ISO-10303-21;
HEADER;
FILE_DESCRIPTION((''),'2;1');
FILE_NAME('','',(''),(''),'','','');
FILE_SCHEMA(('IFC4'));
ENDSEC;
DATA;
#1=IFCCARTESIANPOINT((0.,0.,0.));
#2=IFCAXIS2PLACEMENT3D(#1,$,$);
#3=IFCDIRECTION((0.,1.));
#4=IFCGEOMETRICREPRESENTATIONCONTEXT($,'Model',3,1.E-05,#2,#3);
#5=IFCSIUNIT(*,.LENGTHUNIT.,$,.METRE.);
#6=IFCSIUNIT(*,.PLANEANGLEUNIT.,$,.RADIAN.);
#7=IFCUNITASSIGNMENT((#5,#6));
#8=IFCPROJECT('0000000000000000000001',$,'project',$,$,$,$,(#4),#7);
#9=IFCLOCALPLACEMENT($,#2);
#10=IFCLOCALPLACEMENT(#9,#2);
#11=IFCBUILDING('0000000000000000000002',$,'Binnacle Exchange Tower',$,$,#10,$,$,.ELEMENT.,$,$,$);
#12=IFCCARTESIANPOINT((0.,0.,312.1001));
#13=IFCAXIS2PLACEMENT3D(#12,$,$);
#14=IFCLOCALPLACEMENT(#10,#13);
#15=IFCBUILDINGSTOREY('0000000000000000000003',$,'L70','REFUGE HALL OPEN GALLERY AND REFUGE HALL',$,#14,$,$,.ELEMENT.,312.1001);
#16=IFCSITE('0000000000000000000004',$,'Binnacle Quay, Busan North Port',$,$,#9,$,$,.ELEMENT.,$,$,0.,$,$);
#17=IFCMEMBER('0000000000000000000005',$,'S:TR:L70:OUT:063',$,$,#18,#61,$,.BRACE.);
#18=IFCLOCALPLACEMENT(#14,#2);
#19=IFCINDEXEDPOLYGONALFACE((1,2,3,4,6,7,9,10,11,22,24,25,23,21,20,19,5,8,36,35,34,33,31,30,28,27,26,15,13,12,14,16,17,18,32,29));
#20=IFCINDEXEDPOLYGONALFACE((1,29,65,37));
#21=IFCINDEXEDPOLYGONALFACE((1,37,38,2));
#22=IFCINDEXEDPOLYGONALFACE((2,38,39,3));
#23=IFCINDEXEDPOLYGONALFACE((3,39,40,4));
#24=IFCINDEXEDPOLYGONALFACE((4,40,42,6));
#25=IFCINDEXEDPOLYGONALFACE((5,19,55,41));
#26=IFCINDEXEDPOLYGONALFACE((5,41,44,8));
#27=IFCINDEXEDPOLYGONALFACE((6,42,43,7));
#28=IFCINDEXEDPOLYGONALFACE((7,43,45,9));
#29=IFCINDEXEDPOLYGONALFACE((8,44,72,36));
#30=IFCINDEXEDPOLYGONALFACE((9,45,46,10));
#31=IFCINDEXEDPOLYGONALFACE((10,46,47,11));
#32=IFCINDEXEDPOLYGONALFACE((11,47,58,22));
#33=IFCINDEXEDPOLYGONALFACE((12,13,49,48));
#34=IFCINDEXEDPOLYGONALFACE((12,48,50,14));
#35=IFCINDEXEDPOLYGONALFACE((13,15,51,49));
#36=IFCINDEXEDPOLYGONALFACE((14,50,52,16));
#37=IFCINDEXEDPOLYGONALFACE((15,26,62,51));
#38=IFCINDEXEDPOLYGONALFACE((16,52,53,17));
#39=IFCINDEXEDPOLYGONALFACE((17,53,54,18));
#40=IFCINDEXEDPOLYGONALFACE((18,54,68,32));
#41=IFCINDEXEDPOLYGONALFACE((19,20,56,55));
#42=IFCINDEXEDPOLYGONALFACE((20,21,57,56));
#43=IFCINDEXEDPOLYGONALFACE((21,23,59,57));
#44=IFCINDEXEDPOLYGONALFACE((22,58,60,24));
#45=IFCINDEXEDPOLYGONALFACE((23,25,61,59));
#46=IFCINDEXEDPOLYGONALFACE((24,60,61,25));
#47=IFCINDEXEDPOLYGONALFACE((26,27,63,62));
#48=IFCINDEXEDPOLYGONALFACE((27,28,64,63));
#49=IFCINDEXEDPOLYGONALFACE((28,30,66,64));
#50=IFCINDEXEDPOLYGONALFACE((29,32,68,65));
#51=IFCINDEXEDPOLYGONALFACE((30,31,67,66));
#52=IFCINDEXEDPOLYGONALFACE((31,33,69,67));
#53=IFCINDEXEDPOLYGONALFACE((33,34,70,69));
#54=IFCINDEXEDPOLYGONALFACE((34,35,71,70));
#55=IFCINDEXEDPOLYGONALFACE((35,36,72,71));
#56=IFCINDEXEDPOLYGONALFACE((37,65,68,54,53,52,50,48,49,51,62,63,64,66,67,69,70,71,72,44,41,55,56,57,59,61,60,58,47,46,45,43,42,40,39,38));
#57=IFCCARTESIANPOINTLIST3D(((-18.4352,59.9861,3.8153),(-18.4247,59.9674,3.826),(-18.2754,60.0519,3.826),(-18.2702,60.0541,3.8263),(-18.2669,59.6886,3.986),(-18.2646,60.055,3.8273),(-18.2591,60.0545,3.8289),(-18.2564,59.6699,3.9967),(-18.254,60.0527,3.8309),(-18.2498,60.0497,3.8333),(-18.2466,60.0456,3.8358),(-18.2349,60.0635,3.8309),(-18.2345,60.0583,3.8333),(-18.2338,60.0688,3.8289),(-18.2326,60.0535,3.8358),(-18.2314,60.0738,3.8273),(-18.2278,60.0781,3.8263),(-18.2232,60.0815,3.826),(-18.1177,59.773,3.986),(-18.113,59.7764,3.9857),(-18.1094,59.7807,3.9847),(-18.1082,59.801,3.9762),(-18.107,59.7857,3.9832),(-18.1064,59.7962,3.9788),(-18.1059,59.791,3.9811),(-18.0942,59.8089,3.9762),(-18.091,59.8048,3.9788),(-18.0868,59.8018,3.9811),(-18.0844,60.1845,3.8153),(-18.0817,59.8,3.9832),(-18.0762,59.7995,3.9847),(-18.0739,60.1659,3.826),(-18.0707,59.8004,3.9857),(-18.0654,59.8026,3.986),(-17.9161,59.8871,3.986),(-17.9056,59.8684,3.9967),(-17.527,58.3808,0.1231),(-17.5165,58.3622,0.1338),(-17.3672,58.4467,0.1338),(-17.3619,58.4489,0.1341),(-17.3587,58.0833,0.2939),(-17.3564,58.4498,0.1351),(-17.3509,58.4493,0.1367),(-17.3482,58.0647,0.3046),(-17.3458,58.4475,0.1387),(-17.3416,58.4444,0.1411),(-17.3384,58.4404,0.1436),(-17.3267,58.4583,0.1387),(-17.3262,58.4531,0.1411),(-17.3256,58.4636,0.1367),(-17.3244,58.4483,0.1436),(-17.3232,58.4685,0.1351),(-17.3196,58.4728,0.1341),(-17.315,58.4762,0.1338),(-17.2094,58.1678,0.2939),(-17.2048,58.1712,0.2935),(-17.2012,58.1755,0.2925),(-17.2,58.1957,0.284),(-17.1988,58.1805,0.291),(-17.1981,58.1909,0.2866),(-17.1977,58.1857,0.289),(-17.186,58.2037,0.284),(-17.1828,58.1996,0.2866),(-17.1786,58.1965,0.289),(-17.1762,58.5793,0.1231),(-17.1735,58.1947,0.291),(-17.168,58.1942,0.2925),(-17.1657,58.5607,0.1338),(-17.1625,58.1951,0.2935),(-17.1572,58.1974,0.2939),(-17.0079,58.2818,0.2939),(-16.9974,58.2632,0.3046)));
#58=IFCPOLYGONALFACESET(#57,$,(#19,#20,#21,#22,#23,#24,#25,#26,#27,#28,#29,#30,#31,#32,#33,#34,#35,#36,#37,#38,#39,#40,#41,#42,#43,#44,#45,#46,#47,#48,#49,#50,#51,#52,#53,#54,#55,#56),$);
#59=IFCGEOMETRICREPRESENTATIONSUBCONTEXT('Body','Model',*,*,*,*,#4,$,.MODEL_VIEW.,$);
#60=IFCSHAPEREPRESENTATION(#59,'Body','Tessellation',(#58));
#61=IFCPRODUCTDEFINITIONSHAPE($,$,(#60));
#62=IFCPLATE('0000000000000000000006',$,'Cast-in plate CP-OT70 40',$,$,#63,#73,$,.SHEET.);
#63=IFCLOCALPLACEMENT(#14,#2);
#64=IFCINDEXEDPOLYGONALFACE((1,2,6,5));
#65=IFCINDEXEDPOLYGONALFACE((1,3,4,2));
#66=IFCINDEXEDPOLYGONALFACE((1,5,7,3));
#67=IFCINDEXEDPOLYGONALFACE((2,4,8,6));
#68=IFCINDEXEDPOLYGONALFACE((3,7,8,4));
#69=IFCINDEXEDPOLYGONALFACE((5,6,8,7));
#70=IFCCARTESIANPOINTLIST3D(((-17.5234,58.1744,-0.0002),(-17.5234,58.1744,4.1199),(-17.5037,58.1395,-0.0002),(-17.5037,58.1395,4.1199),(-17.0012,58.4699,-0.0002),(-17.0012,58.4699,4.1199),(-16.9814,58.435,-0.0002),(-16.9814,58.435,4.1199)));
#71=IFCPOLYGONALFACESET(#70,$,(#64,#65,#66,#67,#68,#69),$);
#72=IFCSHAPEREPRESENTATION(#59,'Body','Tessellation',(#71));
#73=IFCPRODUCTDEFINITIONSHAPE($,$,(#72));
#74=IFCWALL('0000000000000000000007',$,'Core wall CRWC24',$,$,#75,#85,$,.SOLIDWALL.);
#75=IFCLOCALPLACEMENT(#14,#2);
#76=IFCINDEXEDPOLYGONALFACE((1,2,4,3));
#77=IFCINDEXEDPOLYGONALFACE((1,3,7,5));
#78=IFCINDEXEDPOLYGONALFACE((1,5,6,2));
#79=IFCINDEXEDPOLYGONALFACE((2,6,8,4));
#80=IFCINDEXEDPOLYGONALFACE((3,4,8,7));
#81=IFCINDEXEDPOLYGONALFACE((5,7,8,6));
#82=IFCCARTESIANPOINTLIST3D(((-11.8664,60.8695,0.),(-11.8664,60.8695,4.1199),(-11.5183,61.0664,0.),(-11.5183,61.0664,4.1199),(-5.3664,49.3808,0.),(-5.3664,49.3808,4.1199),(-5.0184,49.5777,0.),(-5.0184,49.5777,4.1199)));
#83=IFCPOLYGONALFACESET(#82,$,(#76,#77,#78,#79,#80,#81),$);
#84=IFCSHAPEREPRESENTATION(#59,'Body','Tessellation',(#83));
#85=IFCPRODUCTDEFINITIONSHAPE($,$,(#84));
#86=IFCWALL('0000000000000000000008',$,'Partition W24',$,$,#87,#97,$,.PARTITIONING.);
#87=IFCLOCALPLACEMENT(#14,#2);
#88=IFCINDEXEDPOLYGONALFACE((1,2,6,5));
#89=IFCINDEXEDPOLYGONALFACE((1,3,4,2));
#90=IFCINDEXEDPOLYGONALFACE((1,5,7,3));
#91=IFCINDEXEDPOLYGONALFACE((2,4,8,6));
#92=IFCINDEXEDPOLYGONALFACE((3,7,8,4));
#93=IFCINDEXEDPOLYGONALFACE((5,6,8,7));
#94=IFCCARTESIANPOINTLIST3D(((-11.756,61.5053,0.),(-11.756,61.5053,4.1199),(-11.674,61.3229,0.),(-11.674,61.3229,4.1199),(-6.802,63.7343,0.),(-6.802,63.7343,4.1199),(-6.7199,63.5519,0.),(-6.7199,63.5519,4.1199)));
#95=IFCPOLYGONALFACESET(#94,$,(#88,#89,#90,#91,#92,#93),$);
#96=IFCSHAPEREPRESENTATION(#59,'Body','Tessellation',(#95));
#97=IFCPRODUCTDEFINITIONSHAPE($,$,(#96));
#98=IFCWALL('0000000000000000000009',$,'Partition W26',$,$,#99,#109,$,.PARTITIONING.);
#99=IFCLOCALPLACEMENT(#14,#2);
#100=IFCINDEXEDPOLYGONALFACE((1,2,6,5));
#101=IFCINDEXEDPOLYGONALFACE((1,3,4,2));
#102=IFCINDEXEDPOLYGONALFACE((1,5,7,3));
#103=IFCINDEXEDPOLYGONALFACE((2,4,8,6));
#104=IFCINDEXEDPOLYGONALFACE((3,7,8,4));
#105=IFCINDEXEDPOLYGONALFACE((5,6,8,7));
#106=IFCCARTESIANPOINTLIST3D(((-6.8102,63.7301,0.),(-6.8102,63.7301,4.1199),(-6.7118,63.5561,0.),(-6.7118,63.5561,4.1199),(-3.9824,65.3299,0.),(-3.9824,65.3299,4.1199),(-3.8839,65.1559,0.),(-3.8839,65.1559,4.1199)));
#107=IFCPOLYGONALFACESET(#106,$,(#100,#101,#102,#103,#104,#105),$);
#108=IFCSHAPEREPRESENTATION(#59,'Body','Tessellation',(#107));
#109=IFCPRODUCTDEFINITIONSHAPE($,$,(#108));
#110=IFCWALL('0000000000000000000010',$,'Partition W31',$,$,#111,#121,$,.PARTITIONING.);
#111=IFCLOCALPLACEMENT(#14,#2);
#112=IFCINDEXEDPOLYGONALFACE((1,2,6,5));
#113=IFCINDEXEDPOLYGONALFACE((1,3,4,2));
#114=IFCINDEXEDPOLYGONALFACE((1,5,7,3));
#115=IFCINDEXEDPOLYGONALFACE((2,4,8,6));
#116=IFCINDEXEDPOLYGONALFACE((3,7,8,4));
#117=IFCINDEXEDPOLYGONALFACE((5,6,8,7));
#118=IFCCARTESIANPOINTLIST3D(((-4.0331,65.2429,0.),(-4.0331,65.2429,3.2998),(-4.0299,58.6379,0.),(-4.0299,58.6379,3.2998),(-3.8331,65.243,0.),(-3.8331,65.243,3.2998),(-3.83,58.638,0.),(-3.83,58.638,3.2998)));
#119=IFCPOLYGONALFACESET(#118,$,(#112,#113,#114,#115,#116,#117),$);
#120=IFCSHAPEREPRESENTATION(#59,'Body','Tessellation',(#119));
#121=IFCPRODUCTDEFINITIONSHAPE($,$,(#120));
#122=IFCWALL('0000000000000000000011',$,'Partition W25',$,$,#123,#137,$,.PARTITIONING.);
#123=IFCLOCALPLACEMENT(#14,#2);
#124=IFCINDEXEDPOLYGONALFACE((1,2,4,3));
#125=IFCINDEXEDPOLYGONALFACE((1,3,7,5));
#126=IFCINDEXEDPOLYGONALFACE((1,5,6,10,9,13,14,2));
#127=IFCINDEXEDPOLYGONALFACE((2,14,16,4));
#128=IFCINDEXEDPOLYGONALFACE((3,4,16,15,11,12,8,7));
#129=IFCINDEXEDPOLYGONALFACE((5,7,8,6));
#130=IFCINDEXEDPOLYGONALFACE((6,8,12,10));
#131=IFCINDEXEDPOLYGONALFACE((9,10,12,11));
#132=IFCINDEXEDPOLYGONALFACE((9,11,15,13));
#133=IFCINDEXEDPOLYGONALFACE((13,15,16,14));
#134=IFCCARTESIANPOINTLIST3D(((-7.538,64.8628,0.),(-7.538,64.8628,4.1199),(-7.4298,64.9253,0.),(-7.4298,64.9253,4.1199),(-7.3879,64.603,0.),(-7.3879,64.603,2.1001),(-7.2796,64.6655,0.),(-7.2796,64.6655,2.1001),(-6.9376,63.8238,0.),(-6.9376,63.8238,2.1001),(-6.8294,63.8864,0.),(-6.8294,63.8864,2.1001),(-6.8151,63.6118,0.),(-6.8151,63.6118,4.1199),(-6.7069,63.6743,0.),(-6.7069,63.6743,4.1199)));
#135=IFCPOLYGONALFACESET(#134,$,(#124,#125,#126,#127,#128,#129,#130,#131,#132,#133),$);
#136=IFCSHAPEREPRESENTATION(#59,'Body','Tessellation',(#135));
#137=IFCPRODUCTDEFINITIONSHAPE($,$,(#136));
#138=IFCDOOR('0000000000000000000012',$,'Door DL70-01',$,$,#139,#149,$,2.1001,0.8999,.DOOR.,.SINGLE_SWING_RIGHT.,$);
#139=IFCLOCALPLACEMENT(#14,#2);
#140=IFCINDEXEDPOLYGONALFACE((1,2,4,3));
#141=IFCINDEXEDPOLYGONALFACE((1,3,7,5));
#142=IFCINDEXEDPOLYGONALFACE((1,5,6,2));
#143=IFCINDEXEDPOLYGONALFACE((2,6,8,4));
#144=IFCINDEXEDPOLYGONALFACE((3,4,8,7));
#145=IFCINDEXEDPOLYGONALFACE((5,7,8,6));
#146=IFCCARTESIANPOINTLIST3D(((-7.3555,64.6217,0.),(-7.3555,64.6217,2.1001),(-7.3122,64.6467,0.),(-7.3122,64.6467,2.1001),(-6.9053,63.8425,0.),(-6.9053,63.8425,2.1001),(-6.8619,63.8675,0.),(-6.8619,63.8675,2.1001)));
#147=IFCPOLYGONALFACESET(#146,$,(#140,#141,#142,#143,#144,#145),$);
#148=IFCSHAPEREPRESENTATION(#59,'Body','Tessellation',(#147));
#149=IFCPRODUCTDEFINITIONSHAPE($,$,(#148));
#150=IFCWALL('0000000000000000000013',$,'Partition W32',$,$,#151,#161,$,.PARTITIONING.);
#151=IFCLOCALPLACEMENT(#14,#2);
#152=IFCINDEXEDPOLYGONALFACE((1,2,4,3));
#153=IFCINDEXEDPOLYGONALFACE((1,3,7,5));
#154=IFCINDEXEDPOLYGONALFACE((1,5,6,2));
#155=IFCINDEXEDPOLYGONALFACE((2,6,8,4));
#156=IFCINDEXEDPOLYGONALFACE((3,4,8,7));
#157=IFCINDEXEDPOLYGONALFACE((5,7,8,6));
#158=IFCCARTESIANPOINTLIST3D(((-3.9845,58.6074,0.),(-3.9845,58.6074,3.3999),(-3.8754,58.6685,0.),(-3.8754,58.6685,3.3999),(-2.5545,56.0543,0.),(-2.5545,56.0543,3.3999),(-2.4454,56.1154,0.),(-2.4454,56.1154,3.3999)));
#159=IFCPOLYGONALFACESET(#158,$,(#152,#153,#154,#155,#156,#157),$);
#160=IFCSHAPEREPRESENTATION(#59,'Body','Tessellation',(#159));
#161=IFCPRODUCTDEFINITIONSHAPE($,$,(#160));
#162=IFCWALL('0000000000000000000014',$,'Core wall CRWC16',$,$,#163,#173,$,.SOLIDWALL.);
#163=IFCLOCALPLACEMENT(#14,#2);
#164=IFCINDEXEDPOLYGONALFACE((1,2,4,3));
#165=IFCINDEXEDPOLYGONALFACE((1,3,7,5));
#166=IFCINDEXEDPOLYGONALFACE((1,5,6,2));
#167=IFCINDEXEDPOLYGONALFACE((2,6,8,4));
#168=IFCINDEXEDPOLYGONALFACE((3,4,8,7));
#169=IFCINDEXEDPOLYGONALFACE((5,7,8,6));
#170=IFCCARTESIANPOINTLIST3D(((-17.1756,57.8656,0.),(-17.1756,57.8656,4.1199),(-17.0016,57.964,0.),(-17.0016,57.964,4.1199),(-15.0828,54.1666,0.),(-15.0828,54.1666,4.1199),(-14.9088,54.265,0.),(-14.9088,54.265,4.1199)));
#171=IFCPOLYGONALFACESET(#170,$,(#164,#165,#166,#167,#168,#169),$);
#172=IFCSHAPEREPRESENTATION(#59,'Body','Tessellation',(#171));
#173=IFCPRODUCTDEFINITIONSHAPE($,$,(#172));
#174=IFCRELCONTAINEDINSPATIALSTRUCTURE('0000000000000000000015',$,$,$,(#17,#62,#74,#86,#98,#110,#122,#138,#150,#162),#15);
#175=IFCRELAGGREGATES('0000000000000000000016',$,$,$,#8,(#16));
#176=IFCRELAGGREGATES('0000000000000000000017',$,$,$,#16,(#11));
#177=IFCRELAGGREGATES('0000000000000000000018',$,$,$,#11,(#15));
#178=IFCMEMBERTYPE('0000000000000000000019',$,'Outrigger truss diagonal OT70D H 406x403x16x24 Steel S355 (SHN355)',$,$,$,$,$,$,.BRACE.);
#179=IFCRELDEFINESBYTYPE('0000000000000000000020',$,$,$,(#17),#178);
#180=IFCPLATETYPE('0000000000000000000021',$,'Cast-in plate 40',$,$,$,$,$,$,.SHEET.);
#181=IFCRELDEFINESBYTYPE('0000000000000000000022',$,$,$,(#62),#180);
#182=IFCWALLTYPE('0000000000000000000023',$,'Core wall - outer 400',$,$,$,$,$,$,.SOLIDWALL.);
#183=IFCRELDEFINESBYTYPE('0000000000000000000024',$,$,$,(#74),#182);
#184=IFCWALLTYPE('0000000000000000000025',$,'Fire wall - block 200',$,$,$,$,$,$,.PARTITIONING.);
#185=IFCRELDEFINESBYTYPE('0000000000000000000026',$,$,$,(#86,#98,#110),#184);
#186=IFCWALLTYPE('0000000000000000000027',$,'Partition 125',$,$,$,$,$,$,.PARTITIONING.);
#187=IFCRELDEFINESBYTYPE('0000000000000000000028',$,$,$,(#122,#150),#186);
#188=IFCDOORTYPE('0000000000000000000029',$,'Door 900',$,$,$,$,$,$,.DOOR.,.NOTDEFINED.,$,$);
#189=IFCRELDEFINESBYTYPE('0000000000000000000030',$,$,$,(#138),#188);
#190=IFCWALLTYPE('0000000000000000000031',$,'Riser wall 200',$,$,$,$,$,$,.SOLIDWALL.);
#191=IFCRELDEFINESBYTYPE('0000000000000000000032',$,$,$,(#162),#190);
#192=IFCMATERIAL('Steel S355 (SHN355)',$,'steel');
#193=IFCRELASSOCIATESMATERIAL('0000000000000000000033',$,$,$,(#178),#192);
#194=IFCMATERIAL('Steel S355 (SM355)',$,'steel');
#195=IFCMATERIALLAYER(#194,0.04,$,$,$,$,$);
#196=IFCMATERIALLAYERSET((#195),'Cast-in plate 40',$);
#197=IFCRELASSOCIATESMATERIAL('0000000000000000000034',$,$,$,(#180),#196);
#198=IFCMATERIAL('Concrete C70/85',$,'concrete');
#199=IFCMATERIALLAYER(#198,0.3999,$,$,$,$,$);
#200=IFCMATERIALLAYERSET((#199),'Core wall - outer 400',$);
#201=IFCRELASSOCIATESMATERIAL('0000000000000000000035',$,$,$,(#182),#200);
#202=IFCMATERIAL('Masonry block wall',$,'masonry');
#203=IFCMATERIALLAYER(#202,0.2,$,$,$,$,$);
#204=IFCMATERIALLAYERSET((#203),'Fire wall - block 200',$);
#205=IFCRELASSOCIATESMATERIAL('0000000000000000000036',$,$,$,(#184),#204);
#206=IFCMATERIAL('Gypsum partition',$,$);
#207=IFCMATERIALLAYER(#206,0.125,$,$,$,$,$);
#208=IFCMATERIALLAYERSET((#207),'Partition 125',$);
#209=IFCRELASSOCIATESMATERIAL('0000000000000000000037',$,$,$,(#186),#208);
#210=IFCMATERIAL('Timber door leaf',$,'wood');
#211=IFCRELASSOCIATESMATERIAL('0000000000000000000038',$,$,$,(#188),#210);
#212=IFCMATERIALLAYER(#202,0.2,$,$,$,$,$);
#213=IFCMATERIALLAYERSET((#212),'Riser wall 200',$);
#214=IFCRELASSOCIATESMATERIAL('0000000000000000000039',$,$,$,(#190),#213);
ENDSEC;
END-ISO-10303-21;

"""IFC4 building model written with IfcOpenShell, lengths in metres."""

from ifc_helpers import new_model, si_unit, direction, frame, frame_2d, origin, origin_2d, place, context, subcontext, project, spatial, rectangle, i_section, extrude, material, layer, layer_set, material_profile, profile_set, type_object, element, fill, save


model = new_model("IFC4")

# Units and contexts
model_context = context("Model", 3, precision=1e-05, world=origin(), true_north=direction((0.0, 1.0)))
body_context = subcontext(model_context, "Body", "Model", "MODEL_VIEW")
ifc_project = project(units=[si_unit("LENGTHUNIT", "METRE"), si_unit("PLANEANGLEUNIT", "RADIAN")], contexts=[model_context])

# Site, building, storey
site_placement = place(None, origin())
site = spatial("IfcSite", under=ifc_project, at=site_placement, Name="Binnacle Quay, Busan North Port", CompositionType="ELEMENT", RefElevation=0.0)
building_placement = place(site_placement, origin())
building = spatial("IfcBuilding", under=site, at=building_placement, Name="Binnacle Exchange Tower", CompositionType="ELEMENT")
storey_placement = place(building_placement, frame((0.0, 0.0, 312.1001)))
storey = spatial("IfcBuildingStorey", under=building, at=storey_placement, Name="L70", Description="REFUGE HALL OPEN GALLERY AND REFUGE HALL", CompositionType="ELEMENT", Elevation=312.1001)

# Shared definitions
ifc_material_1 = material(Name="Steel S355 (SHN355)", Category="steel")

# Member
ifc_material_profile_1 = material_profile(ifc_material_1, i_section(OverallWidth=0.4031, OverallDepth=0.406, WebThickness=0.0161, FlangeThickness=0.0239, FilletRadius=0.022, at=origin_2d()), Name="H 406x403x16x24")
ifc_profile_set_1 = profile_set([ifc_material_profile_1], Name="Steel S355 (SHN355)")
member_type_1 = type_object("IfcMemberType", Name="Outrigger truss diagonal OT70D H 406x403x16x24 Steel S355 (SHN355)", PredefinedType="BRACE", material=ifc_profile_set_1)
member_1_placement = place(storey_placement, frame((-18.1704, 59.9272, 3.906), z_axis=(0.220055, -0.388941, -0.894595), x_axis=(0.870353, 0.492428, 0.0)))
element("IfcMember", 1, at=member_1_placement, inside=storey, type_object=member_type_1, Name="S:TR:L70:OUT:063", PredefinedType="BRACE", context=body_context, shape_type="SweptSolid", body=[
    extrude(i_section(OverallWidth=0.4031, OverallDepth=0.406, WebThickness=0.0161, FlangeThickness=0.0239, FilletRadius=0.022, at=origin_2d()), origin(), (0.0, 0.0, 1.0), 4.1272),
])

# Plate
ifc_material_2 = material(Name="Steel S355 (SM355)", Category="steel")
ifc_layer_1 = layer(ifc_material_2, 0.04)
ifc_layer_set_1 = layer_set([ifc_layer_1], Name="Cast-in plate 40")
plate_type = type_object("IfcPlateType", Name="Cast-in plate 40", PredefinedType="SHEET", material=ifc_layer_set_1)
plate_placement = place(storey_placement, frame((-17.2524, 58.3047, -0.0002), z_axis=(0.0, 0.0, 1.0), x_axis=(0.492424, -0.870356, 0.0)))
element("IfcPlate", 2, at=plate_placement, inside=storey, type_object=plate_type, Name="Cast-in plate CP-OT70 40", PredefinedType="SHEET", context=body_context, shape_type="SweptSolid", body=[
    extrude(rectangle(XDim=0.04, YDim=0.6001, at=origin_2d()), origin(), (0.0, 0.0, 1.0), 4.1201),
])

# Walls
ifc_material_3 = material(Name="Concrete C70/85", Category="concrete")
ifc_layer_2 = layer(ifc_material_3, 0.3999)
ifc_layer_set_2 = layer_set([ifc_layer_2], Name="Core wall - outer 400")
wall_type_1 = type_object("IfcWallType", Name="Core wall - outer 400", PredefinedType="SOLIDWALL", material=ifc_layer_set_2)
wall_1_placement = place(storey_placement, frame((-11.6924, 60.968, 0.0), z_axis=(0.0, 0.0, 1.0), x_axis=(0.492422, -0.870357, 0.0)))
element("IfcWall", 3, at=wall_1_placement, inside=storey, type_object=wall_type_1, Name="Core wall CRWC24", PredefinedType="SOLIDWALL", context=body_context, shape_type="SweptSolid", body=[
    extrude(rectangle(XDim=13.2, YDim=0.3999, at=frame_2d((6.6001, 0.0))), origin(), (0.0, 0.0, 1.0), 4.1199),
])
ifc_material_4 = material(Name="Masonry block wall", Category="masonry")
ifc_layer_3 = layer(ifc_material_4, 0.2)
ifc_layer_set_3 = layer_set([ifc_layer_3], Name="Fire wall - block 200")
wall_type_2 = type_object("IfcWallType", Name="Fire wall - block 200", PredefinedType="PARTITIONING", material=ifc_layer_set_3)
wall_2_placement = place(storey_placement, frame((-11.7151, 61.4141, 0.0), z_axis=(0.0, 0.0, 1.0), x_axis=(0.911945, 0.410312, 0.0)))
element("IfcWall", 4, at=wall_2_placement, inside=storey, type_object=wall_type_2, Name="Partition W24", PredefinedType="PARTITIONING", context=body_context, shape_type="SweptSolid", body=[
    extrude(rectangle(XDim=5.4324, YDim=0.2, at=frame_2d((2.7163, 0.0))), origin(), (0.0, 0.0, 1.0), 4.1199),
])
wall_3_placement = place(storey_placement, frame((-6.761, 63.6431, 0.0), z_axis=(0.0, 0.0, 1.0), x_axis=(0.870367, 0.492404, 0.0)))
element("IfcWall", 5, at=wall_3_placement, inside=storey, type_object=wall_type_2, Name="Partition W26", PredefinedType="PARTITIONING", context=body_context, shape_type="SweptSolid", body=[
    extrude(rectangle(XDim=3.249, YDim=0.2, at=frame_2d((1.6245, 0.0))), origin(), (0.0, 0.0, 1.0), 4.1199),
])
wall_4_placement = place(storey_placement, frame((-3.9331, 65.2429, 0.0), z_axis=(0.0, 0.0, 1.0), x_axis=(0.000481, -1.0, 0.0)))
element("IfcWall", 6, at=wall_4_placement, inside=storey, type_object=wall_type_2, Name="Partition W31", PredefinedType="PARTITIONING", context=body_context, shape_type="SweptSolid", body=[
    extrude(rectangle(XDim=6.605, YDim=0.2, at=frame_2d((3.3025, 0.0))), origin(), (0.0, 0.0, 1.0), 3.2998),
])

# Wall, opening, door
ifc_material_5 = material(Name="Gypsum partition")
ifc_layer_4 = layer(ifc_material_5, 0.125)
ifc_layer_set_4 = layer_set([ifc_layer_4], Name="Partition 125")
wall_type_3 = type_object("IfcWallType", Name="Partition 125", PredefinedType="PARTITIONING", material=ifc_layer_set_4)
wall_5_placement = place(storey_placement, frame((-7.4839, 64.894, 0.0), z_axis=(0.0, 0.0, 1.0), x_axis=(0.500337, -0.865831, 0.0)))
wall_5 = element("IfcWall", 7, at=wall_5_placement, inside=storey, type_object=wall_type_3, Name="Partition W25", PredefinedType="PARTITIONING", context=body_context, shape_type="SweptSolid", body=[
    extrude(rectangle(XDim=1.4448, YDim=0.125, at=frame_2d((0.7224, 0.0))), origin(), (0.0, 0.0, 1.0), 4.1199),
])
opening_placement = place(wall_5_placement, frame((0.3, 0.0, 0.0)))
opening = element("IfcOpeningElement", 8, at=opening_placement, cuts=wall_5, PredefinedType="OPENING", context=body_context, shape_type="SweptSolid", body=[
    extrude(rectangle(XDim=0.8999, YDim=2.1001, at=frame_2d((0.45, 1.05))), frame((0.0, 0.0725, 0.0), z_axis=(0.0, -1.0, 0.0), x_axis=(1.0, 0.0, 0.0)), (0.0, 0.0, 1.0), 0.145),
])
ifc_material_6 = material(Name="Timber door leaf", Category="wood")
door_type = type_object("IfcDoorType", Name="Door 900", OperationType="NOTDEFINED", PredefinedType="DOOR", material=ifc_material_6)
door_placement = place(opening_placement, origin())
door = element("IfcDoor", 9, at=door_placement, inside=storey, type_object=door_type, Name="Door DL70-01", OperationType="SINGLE_SWING_RIGHT", OverallHeight=2.1001, OverallWidth=0.8999, PredefinedType="DOOR", context=body_context, shape_type="SweptSolid", body=[
    extrude(rectangle(XDim=0.8999, YDim=2.1001, at=frame_2d((0.45, 1.05))), frame((0.0, 0.0249, 0.0), z_axis=(0.0, -1.0, 0.0), x_axis=(1.0, 0.0, 0.0)), (0.0, 0.0, 1.0), 0.05),
])
fill(opening, door)

# Walls
wall_6_placement = place(storey_placement, frame((-3.9299, 58.6379, 0.0), z_axis=(0.0, 0.0, 1.0), x_axis=(0.488672, -0.872468, 0.0)))
element("IfcWall", 10, at=wall_6_placement, inside=storey, type_object=wall_type_3, Name="Partition W32", PredefinedType="PARTITIONING", context=body_context, shape_type="SweptSolid", body=[
    extrude(rectangle(XDim=2.9263, YDim=0.125, at=frame_2d((1.4631, 0.0))), origin(), (0.0, 0.0, 1.0), 3.3999),
])
ifc_layer_5 = layer(ifc_material_4, 0.2)
ifc_layer_set_5 = layer_set([ifc_layer_5], Name="Riser wall 200")
wall_type_4 = type_object("IfcWallType", Name="Riser wall 200", PredefinedType="SOLIDWALL", material=ifc_layer_set_5)
wall_7_placement = place(storey_placement, frame((-17.0886, 57.9148, 0.0), z_axis=(0.0, 0.0, 1.0), x_axis=(0.492423, -0.870356, 0.0)))
element("IfcWall", 11, at=wall_7_placement, inside=storey, type_object=wall_type_4, Name="Core wall CRWC16", PredefinedType="SOLIDWALL", context=body_context, shape_type="SweptSolid", body=[
    extrude(rectangle(XDim=4.25, YDim=0.2, at=frame_2d((2.125, 0.0))), origin(), (0.0, 0.0, 1.0), 4.1199),
])

save(model, "model.ifc")
